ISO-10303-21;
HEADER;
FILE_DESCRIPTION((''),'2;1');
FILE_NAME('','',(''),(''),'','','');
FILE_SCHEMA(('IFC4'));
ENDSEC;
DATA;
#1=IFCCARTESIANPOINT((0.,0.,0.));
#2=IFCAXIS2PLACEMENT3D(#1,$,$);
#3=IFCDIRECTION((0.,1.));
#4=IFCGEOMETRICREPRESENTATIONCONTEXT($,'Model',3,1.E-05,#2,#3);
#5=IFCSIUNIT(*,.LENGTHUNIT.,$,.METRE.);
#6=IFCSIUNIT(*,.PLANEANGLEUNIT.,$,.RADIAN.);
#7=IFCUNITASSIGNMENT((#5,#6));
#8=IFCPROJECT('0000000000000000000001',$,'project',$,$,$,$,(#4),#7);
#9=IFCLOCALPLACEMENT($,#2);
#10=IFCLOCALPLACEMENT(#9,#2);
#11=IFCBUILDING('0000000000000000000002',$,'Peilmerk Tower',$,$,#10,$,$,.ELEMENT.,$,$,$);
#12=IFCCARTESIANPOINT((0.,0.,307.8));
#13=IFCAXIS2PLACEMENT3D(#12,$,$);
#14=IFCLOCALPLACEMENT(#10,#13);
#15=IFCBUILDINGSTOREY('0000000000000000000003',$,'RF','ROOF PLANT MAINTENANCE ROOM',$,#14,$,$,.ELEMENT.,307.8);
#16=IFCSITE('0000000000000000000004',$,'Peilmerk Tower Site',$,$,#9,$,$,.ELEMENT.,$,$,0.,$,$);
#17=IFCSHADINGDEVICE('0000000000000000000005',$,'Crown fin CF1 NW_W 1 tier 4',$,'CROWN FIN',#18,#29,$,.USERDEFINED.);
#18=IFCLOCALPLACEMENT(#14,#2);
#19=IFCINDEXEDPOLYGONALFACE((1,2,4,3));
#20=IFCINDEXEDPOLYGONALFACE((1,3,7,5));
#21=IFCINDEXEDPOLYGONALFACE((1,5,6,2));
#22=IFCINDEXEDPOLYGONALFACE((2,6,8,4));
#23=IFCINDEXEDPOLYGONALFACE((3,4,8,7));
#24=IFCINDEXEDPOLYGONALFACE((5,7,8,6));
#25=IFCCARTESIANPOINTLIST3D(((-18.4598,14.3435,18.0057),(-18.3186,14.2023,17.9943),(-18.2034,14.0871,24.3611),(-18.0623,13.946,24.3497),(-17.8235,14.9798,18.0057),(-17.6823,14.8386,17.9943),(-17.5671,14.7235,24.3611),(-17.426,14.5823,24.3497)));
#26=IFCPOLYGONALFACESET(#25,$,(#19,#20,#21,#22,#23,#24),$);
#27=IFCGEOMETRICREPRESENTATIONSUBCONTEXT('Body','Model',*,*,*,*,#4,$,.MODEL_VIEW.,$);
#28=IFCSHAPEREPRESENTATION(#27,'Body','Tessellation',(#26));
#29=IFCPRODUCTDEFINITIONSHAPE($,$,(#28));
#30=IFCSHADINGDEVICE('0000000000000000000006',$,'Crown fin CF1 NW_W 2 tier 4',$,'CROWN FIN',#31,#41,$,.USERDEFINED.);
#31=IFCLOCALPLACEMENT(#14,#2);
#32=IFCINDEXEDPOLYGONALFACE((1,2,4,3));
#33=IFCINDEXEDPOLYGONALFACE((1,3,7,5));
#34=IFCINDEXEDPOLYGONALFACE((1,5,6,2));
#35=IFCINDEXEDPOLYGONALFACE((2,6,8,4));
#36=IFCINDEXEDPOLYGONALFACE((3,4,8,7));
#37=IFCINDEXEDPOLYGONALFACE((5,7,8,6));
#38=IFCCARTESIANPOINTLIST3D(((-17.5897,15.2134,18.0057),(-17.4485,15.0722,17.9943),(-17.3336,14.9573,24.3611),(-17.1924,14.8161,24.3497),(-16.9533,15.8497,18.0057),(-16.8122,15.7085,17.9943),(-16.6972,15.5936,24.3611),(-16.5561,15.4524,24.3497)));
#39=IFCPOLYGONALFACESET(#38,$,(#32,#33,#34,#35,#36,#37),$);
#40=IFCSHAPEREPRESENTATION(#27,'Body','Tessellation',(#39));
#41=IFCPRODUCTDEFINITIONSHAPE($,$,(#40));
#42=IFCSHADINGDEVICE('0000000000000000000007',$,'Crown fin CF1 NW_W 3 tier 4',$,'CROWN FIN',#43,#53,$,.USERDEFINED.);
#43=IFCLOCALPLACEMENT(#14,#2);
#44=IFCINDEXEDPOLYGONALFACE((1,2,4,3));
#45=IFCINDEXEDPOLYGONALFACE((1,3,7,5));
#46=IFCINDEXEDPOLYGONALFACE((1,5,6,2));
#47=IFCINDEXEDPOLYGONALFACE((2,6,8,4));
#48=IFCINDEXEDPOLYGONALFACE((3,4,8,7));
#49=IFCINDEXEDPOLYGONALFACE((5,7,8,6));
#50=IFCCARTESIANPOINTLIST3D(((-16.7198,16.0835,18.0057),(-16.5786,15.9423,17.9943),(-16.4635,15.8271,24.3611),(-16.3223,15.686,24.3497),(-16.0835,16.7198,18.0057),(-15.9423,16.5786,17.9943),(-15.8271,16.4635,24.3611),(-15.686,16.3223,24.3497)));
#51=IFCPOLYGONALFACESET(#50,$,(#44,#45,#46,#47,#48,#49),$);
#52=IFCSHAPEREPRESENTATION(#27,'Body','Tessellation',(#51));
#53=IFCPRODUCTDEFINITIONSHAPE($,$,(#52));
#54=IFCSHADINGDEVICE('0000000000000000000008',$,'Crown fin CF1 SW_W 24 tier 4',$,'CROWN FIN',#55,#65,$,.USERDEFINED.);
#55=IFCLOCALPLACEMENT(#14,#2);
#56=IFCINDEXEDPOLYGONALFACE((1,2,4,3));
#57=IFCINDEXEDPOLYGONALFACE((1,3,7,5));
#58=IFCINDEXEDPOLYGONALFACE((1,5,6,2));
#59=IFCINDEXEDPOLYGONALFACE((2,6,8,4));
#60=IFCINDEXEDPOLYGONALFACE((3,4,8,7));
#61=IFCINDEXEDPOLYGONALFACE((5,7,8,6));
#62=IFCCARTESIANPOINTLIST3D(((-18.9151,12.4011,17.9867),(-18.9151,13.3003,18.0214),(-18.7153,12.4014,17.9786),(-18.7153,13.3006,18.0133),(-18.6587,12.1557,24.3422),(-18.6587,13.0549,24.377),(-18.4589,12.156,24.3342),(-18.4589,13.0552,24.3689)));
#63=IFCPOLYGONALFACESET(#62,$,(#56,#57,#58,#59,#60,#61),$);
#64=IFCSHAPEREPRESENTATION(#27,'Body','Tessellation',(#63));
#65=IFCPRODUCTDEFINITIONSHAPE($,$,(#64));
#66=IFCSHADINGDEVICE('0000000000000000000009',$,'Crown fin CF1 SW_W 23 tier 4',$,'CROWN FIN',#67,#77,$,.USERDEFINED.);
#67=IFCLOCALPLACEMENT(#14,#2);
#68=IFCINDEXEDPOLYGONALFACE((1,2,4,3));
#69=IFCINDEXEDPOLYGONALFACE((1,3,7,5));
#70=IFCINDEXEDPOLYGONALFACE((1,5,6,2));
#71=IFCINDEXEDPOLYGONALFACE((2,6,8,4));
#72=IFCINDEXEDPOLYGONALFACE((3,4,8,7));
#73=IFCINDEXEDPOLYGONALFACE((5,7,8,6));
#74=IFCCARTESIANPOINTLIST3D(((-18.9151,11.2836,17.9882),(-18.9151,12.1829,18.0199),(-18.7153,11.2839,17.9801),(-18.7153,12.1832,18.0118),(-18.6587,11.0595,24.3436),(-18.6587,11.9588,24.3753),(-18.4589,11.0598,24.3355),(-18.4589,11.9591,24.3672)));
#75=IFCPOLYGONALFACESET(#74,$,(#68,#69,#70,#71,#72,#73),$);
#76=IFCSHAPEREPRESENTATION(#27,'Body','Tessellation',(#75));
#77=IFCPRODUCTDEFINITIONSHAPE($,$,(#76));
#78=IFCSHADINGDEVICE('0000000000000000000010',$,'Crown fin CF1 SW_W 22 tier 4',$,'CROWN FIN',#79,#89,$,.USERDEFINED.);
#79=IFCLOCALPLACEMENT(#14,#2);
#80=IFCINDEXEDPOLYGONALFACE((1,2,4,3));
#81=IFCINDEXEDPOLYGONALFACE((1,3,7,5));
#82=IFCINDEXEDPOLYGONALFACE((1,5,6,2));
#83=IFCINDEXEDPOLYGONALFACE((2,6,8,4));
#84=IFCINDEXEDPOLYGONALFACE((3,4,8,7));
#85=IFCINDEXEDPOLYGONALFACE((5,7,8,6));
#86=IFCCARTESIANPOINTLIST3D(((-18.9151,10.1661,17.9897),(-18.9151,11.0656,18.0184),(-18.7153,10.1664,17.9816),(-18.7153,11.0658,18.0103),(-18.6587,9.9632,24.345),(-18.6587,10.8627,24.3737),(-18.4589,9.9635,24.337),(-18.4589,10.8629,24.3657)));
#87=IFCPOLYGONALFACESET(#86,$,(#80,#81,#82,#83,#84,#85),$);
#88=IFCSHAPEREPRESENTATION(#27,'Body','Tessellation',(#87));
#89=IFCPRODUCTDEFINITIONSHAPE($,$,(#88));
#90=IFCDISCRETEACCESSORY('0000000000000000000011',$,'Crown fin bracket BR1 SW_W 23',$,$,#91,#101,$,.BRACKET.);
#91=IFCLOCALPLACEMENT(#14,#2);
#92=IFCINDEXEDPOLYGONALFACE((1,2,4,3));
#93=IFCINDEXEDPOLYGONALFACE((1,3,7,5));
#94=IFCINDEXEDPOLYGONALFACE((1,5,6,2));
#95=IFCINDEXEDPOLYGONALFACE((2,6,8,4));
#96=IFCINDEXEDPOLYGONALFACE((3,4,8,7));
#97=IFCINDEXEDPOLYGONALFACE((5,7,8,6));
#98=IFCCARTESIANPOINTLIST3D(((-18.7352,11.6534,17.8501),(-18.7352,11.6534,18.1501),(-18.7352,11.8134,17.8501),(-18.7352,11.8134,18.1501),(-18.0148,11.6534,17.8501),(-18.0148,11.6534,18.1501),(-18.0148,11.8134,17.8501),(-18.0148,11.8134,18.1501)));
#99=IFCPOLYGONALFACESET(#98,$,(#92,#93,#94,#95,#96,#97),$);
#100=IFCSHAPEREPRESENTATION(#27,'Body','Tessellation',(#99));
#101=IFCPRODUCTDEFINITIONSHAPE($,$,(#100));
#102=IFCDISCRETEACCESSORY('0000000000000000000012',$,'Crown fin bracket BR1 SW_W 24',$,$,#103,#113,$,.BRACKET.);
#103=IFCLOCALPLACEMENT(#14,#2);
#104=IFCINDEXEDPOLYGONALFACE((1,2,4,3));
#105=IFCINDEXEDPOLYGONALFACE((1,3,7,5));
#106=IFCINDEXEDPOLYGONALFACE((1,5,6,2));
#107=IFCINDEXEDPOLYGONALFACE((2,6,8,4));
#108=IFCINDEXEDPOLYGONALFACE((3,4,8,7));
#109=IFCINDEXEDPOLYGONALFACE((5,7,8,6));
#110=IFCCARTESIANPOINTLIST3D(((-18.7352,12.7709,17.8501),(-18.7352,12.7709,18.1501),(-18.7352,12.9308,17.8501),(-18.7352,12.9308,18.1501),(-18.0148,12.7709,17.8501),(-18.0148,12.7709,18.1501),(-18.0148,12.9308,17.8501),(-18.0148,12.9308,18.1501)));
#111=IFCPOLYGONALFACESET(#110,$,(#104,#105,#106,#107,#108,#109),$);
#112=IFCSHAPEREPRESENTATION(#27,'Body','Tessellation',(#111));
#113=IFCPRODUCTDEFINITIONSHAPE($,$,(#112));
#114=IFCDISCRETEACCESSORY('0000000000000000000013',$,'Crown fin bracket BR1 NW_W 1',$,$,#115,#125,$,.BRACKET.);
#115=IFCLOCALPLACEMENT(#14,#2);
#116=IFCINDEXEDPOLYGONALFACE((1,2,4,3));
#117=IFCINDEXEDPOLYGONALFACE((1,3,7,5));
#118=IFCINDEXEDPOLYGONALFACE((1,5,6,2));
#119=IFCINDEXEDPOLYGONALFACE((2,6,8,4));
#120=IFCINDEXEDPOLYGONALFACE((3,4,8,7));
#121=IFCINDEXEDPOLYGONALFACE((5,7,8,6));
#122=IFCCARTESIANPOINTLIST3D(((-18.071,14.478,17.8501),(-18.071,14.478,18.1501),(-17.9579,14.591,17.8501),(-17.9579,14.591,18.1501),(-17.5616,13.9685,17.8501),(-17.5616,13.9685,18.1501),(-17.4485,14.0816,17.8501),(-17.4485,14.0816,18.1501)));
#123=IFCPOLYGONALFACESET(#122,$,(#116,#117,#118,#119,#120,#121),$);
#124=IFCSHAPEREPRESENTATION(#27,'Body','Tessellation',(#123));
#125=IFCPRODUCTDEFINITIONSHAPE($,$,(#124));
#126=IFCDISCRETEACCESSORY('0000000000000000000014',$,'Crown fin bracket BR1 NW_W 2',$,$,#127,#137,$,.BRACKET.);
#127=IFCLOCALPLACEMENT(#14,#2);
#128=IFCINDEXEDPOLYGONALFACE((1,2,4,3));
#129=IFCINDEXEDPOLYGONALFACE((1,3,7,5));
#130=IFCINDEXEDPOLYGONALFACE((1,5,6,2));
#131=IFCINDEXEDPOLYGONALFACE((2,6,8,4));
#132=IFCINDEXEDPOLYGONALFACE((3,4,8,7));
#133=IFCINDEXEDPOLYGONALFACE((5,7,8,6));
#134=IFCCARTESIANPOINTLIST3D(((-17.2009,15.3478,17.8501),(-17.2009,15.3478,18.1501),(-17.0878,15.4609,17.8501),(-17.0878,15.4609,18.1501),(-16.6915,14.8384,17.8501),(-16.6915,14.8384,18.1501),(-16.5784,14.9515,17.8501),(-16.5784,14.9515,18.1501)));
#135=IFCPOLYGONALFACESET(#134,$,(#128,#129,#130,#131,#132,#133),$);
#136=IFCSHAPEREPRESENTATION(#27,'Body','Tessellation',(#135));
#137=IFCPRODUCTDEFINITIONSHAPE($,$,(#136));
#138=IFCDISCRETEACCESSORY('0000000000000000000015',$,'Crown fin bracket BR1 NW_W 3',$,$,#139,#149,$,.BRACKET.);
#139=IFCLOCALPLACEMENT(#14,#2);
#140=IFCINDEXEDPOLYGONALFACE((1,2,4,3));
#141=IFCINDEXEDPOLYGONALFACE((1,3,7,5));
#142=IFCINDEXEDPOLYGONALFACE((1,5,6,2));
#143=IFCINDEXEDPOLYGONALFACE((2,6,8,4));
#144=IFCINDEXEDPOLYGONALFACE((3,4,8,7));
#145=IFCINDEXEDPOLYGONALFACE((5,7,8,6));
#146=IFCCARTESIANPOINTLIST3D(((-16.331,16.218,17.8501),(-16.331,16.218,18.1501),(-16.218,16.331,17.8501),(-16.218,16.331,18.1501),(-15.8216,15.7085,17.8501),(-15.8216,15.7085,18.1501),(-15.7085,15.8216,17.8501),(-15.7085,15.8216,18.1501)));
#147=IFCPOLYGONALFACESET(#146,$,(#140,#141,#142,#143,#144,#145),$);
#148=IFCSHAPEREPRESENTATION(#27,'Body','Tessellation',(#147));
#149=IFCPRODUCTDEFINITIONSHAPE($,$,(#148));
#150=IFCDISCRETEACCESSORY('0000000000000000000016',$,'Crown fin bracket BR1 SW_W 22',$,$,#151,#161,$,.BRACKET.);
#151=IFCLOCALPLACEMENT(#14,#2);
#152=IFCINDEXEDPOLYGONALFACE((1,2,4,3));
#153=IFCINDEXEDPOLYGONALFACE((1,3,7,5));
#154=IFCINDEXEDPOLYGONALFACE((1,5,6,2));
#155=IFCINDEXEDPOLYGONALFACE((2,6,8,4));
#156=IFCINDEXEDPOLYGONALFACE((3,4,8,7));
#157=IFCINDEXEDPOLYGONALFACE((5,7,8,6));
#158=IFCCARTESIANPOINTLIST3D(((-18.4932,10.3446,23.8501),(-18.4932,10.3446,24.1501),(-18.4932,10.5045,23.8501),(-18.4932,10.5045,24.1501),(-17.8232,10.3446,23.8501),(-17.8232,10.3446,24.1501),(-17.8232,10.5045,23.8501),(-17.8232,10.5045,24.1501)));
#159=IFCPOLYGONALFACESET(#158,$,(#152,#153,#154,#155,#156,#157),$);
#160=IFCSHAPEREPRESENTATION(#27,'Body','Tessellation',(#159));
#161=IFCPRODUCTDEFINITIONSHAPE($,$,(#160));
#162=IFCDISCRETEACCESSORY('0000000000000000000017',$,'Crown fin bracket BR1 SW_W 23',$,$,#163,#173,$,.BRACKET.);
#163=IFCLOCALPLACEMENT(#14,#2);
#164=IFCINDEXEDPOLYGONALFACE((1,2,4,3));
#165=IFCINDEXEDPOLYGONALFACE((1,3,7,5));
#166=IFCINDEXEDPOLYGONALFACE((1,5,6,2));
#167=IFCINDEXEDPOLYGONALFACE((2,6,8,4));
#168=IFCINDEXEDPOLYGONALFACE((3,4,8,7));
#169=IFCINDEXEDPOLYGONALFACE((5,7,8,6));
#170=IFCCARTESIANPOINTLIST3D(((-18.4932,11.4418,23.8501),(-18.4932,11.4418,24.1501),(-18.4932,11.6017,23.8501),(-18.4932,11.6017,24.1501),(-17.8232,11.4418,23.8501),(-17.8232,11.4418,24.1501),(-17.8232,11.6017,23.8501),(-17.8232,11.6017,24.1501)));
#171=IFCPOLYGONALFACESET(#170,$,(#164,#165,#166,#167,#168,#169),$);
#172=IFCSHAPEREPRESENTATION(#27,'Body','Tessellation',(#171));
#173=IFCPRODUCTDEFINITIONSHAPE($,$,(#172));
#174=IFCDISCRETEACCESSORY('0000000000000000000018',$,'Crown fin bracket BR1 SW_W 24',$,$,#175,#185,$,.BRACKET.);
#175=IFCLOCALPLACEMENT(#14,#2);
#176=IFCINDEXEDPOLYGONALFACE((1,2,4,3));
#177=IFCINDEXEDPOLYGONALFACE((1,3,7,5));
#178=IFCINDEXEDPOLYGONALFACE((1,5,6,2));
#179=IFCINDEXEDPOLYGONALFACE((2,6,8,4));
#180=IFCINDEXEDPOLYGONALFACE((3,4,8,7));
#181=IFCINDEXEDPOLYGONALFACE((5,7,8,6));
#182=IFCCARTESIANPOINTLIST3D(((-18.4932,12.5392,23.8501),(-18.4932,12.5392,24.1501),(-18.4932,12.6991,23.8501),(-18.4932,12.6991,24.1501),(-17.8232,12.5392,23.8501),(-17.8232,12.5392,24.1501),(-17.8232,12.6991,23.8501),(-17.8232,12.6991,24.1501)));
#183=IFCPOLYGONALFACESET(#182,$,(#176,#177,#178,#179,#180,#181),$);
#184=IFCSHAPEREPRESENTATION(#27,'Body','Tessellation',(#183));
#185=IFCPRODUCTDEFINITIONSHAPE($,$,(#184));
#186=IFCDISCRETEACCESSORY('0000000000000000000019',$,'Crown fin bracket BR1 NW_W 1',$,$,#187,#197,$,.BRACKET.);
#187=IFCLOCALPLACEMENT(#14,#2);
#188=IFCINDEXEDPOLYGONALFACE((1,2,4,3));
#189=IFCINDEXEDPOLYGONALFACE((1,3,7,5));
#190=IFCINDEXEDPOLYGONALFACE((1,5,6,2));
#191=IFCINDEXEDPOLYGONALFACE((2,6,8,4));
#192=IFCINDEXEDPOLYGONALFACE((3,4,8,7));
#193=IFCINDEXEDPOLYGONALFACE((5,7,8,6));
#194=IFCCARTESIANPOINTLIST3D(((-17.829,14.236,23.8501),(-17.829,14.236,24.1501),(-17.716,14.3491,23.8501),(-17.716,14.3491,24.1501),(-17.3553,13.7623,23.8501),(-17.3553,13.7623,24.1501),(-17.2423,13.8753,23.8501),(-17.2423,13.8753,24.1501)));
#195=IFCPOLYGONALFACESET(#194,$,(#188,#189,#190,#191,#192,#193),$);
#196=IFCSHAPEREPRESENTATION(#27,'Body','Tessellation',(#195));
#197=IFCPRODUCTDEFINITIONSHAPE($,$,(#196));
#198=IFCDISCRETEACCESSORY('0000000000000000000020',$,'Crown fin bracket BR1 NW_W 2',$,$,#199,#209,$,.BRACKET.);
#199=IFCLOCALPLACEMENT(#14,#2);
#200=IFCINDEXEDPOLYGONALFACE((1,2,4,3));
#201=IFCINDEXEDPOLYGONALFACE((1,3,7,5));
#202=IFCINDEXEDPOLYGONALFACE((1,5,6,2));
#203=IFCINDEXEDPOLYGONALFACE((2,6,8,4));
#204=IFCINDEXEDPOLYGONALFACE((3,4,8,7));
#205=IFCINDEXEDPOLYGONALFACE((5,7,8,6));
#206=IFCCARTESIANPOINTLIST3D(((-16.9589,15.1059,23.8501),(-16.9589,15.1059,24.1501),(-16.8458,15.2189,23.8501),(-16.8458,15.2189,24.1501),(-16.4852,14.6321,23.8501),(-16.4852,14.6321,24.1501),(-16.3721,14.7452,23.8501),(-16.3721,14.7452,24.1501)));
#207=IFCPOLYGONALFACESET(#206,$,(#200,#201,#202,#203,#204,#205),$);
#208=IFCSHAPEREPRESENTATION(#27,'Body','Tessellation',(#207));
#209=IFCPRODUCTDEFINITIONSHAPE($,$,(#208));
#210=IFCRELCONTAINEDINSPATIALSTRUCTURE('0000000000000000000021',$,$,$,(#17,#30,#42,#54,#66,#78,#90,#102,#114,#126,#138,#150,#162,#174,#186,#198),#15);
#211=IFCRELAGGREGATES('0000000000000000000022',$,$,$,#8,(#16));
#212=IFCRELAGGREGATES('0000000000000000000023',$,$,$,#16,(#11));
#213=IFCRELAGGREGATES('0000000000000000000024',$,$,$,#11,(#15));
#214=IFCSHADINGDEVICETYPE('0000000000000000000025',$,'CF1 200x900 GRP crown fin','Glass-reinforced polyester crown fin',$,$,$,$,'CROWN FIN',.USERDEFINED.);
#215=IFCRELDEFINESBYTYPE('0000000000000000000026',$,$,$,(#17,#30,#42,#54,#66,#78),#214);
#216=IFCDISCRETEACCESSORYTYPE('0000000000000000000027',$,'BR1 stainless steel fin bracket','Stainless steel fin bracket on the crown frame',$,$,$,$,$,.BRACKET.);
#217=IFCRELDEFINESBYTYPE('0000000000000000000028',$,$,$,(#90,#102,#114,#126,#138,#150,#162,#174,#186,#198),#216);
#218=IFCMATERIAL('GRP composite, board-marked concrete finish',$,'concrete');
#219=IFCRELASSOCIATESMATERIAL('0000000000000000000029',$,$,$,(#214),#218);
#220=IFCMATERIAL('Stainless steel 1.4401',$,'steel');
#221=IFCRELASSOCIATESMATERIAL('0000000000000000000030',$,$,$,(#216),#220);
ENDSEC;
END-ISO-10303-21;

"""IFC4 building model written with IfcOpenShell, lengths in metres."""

from ifc_helpers import new_model, si_unit, direction, frame, origin, origin_2d, place, context, subcontext, project, spatial, rectangle, extrude, source, transform, mapped, material, material_profile, profile_set, type_object, element, save


model = new_model("IFC4")

# Units and contexts
model_context = context("Model", 3, precision=1e-05, world=origin(), true_north=direction((0.0, 1.0)))
body_context = subcontext(model_context, "Body", "Model", "MODEL_VIEW")
ifc_project = project(units=[si_unit("LENGTHUNIT", "METRE"), si_unit("PLANEANGLEUNIT", "RADIAN")], contexts=[model_context])

# Site, building, storey
site_placement = place(None, origin())
site = spatial("IfcSite", under=ifc_project, at=site_placement, Name="Peilmerk Tower Site", CompositionType="ELEMENT", RefElevation=0.0)
building_placement = place(site_placement, origin())
building = spatial("IfcBuilding", under=site, at=building_placement, Name="Peilmerk Tower", CompositionType="ELEMENT")
storey_placement = place(building_placement, frame((0.0, 0.0, 307.8)))
storey = spatial("IfcBuildingStorey", under=building, at=storey_placement, Name="RF", Description="ROOF PLANT MAINTENANCE ROOM", CompositionType="ELEMENT", Elevation=307.8)

# Shading devices
ifc_material_1 = material(Name="GRP composite, board-marked concrete finish", Category="concrete")
ifc_material_profile_1 = material_profile(ifc_material_1, rectangle(XDim=0.2, YDim=0.8999, at=origin_2d()), Name="CF1 200x900")
ifc_profile_set_1 = profile_set([ifc_material_profile_1], Name="GRP composite, board-marked concrete finish")
shading_device_type = type_object("IfcShadingDeviceType", Name="CF1 200x900 GRP crown fin", Description="Glass-reinforced polyester crown fin", ElementType="CROWN FIN", PredefinedType="USERDEFINED", material=ifc_profile_set_1)
shared_shape_1 = source(origin(), body_context, "Body", "SweptSolid", [
    extrude(rectangle(XDim=0.2, YDim=0.8999, at=origin_2d()), origin(), (0.0, 0.0, 1.0), 6.3657),
])
for number, where, z_axis, x_axis, name in (
    (1, (-18.071, 14.5911, 18.0), (0.04027, -0.04027, 0.998377), (-0.705959, 0.705959, 0.05695), "Crown fin CF1 NW_W 1 tier 4"),
    (2, (-17.2009, 15.4609, 18.0), (0.040231, -0.040231, 0.99838), (-0.705961, 0.705961, 0.056896), "Crown fin CF1 NW_W 2 tier 4"),
    (3, (-16.3311, 16.3311, 18.0), (0.04027, -0.04027, 0.998377), (-0.705959, 0.705959, 0.05695), "Crown fin CF1 NW_W 3 tier 4"),
):
    element("IfcShadingDevice", number, at=place(storey_placement, frame(where, z_axis=z_axis, x_axis=x_axis)), inside=storey, type_object=shading_device_type, Name=name, ObjectType="CROWN FIN", PredefinedType="USERDEFINED", context=body_context, shape_type="MappedRepresentation", body=[
        mapped(shared_shape_1, transform((0.0, 0.0, 0.0), scale=1.0)),
    ])
shared_shape_2 = source(origin(), body_context, "Body", "SweptSolid", [
    extrude(rectangle(XDim=0.2, YDim=0.8999, at=origin_2d()), origin(), (0.0, 0.0, 1.0), 6.3655),
])
shading_device_1_placement = place(storey_placement, frame((-18.8152, 12.8508, 18.0), z_axis=(0.040272, -0.038546, 0.998445), x_axis=(-0.999189, -0.001554, 0.040242)))
element("IfcShadingDevice", 4, at=shading_device_1_placement, inside=storey, type_object=shading_device_type, Name="Crown fin CF1 SW_W 24 tier 4", ObjectType="CROWN FIN", PredefinedType="USERDEFINED", context=body_context, shape_type="MappedRepresentation", body=[
    mapped(shared_shape_2, transform((0.0, 0.0, 0.0), scale=1.0)),
])
shared_shape_3 = source(origin(), body_context, "Body", "SweptSolid", [
    extrude(rectangle(XDim=0.2, YDim=0.8999, at=origin_2d()), origin(), (0.0, 0.0, 1.0), 6.3645),
])
shading_device_2_placement = place(storey_placement, frame((-18.8152, 11.7334, 18.0), z_axis=(0.040277, -0.035214, 0.998568), x_axis=(-0.999189, -0.001419, 0.040252)))
element("IfcShadingDevice", 5, at=shading_device_2_placement, inside=storey, type_object=shading_device_type, Name="Crown fin CF1 SW_W 23 tier 4", ObjectType="CROWN FIN", PredefinedType="USERDEFINED", context=body_context, shape_type="MappedRepresentation", body=[
    mapped(shared_shape_3, transform((0.0, 0.0, 0.0), scale=1.0)),
])
shared_shape_4 = source(origin(), body_context, "Body", "SweptSolid", [
    extrude(rectangle(XDim=0.2, YDim=0.8999, at=origin_2d()), origin(), (0.0, 0.0, 1.0), 6.3638),
])
shading_device_3_placement = place(storey_placement, frame((-18.8152, 10.616, 18.0), z_axis=(0.040282, -0.03188, 0.99868), x_axis=(-0.999188, -0.001285, 0.040261)))
element("IfcShadingDevice", 6, at=shading_device_3_placement, inside=storey, type_object=shading_device_type, Name="Crown fin CF1 SW_W 22 tier 4", ObjectType="CROWN FIN", PredefinedType="USERDEFINED", context=body_context, shape_type="MappedRepresentation", body=[
    mapped(shared_shape_4, transform((0.0, 0.0, 0.0), scale=1.0)),
])

# Discrete accessories
ifc_material_2 = material(Name="Stainless steel 1.4401", Category="steel")
discrete_accessory_type = type_object("IfcDiscreteAccessoryType", Name="BR1 stainless steel fin bracket", Description="Stainless steel fin bracket on the crown frame", PredefinedType="BRACKET", material=ifc_material_2)
shared_shape_5 = source(origin(), body_context, "Body", "SweptSolid", [
    extrude(rectangle(XDim=0.7205, YDim=0.1599, at=origin_2d()), origin(), (0.0, 0.0, 1.0), 0.3),
])
for number, where, z_axis, x_axis, name in (
    (7, (-18.375, 11.7334, 17.8501), (0.0, 0.0, 1.0), (-1.0, 0.0, 0.0), "Crown fin bracket BR1 SW_W 23"),
    (8, (-18.375, 12.8508, 17.8501), (0.0, 0.0, 1.0), (-1.0, 0.0, 0.0), "Crown fin bracket BR1 SW_W 24"),
    (9, (-17.7598, 14.2798, 17.8501), (0.0, 0.0, 1.0), (-0.707107, 0.707107, 0.0), "Crown fin bracket BR1 NW_W 1"),
    (10, (-16.8896, 15.1497, 17.8501), (0.0, 0.0, 1.0), (-0.707107, 0.707107, 0.0), "Crown fin bracket BR1 NW_W 2"),
    (11, (-16.0198, 16.0198, 17.8501), (0.0, 0.0, 1.0), (-0.707107, 0.707107, 0.0), "Crown fin bracket BR1 NW_W 3"),
):
    element("IfcDiscreteAccessory", number, at=place(storey_placement, frame(where, z_axis=z_axis, x_axis=x_axis)), inside=storey, type_object=discrete_accessory_type, Name=name, PredefinedType="BRACKET", context=body_context, shape_type="MappedRepresentation", body=[
        mapped(shared_shape_5, transform((0.0, 0.0, 0.0), scale=1.0)),
    ])
shared_shape_6 = source(origin(), body_context, "Body", "SweptSolid", [
    extrude(rectangle(XDim=0.6699, YDim=0.1599, at=origin_2d()), origin(), (0.0, 0.0, 1.0), 0.3),
])
for number, where, z_axis, x_axis, name in (
    (12, (-18.1582, 10.4246, 23.8501), (0.0, 0.0, 1.0), (-1.0, 0.0, 0.0), "Crown fin bracket BR1 SW_W 22"),
    (13, (-18.1582, 11.5217, 23.8501), (0.0, 0.0, 1.0), (-1.0, 0.0, 0.0), "Crown fin bracket BR1 SW_W 23"),
    (14, (-18.1582, 12.6191, 23.8501), (0.0, 0.0, 1.0), (-1.0, 0.0, 0.0), "Crown fin bracket BR1 SW_W 24"),
    (15, (-17.5356, 14.0557, 23.8501), (0.0, 0.0, 1.0), (-0.707107, 0.707107, 0.0), "Crown fin bracket BR1 NW_W 1"),
    (16, (-16.6655, 14.9255, 23.8501), (0.0, 0.0, 1.0), (-0.707107, 0.707107, 0.0), "Crown fin bracket BR1 NW_W 2"),
):
    element("IfcDiscreteAccessory", number, at=place(storey_placement, frame(where, z_axis=z_axis, x_axis=x_axis)), inside=storey, type_object=discrete_accessory_type, Name=name, PredefinedType="BRACKET", context=body_context, shape_type="MappedRepresentation", body=[
        mapped(shared_shape_6, transform((0.0, 0.0, 0.0), scale=1.0)),
    ])

save(model, "model.ifc")
